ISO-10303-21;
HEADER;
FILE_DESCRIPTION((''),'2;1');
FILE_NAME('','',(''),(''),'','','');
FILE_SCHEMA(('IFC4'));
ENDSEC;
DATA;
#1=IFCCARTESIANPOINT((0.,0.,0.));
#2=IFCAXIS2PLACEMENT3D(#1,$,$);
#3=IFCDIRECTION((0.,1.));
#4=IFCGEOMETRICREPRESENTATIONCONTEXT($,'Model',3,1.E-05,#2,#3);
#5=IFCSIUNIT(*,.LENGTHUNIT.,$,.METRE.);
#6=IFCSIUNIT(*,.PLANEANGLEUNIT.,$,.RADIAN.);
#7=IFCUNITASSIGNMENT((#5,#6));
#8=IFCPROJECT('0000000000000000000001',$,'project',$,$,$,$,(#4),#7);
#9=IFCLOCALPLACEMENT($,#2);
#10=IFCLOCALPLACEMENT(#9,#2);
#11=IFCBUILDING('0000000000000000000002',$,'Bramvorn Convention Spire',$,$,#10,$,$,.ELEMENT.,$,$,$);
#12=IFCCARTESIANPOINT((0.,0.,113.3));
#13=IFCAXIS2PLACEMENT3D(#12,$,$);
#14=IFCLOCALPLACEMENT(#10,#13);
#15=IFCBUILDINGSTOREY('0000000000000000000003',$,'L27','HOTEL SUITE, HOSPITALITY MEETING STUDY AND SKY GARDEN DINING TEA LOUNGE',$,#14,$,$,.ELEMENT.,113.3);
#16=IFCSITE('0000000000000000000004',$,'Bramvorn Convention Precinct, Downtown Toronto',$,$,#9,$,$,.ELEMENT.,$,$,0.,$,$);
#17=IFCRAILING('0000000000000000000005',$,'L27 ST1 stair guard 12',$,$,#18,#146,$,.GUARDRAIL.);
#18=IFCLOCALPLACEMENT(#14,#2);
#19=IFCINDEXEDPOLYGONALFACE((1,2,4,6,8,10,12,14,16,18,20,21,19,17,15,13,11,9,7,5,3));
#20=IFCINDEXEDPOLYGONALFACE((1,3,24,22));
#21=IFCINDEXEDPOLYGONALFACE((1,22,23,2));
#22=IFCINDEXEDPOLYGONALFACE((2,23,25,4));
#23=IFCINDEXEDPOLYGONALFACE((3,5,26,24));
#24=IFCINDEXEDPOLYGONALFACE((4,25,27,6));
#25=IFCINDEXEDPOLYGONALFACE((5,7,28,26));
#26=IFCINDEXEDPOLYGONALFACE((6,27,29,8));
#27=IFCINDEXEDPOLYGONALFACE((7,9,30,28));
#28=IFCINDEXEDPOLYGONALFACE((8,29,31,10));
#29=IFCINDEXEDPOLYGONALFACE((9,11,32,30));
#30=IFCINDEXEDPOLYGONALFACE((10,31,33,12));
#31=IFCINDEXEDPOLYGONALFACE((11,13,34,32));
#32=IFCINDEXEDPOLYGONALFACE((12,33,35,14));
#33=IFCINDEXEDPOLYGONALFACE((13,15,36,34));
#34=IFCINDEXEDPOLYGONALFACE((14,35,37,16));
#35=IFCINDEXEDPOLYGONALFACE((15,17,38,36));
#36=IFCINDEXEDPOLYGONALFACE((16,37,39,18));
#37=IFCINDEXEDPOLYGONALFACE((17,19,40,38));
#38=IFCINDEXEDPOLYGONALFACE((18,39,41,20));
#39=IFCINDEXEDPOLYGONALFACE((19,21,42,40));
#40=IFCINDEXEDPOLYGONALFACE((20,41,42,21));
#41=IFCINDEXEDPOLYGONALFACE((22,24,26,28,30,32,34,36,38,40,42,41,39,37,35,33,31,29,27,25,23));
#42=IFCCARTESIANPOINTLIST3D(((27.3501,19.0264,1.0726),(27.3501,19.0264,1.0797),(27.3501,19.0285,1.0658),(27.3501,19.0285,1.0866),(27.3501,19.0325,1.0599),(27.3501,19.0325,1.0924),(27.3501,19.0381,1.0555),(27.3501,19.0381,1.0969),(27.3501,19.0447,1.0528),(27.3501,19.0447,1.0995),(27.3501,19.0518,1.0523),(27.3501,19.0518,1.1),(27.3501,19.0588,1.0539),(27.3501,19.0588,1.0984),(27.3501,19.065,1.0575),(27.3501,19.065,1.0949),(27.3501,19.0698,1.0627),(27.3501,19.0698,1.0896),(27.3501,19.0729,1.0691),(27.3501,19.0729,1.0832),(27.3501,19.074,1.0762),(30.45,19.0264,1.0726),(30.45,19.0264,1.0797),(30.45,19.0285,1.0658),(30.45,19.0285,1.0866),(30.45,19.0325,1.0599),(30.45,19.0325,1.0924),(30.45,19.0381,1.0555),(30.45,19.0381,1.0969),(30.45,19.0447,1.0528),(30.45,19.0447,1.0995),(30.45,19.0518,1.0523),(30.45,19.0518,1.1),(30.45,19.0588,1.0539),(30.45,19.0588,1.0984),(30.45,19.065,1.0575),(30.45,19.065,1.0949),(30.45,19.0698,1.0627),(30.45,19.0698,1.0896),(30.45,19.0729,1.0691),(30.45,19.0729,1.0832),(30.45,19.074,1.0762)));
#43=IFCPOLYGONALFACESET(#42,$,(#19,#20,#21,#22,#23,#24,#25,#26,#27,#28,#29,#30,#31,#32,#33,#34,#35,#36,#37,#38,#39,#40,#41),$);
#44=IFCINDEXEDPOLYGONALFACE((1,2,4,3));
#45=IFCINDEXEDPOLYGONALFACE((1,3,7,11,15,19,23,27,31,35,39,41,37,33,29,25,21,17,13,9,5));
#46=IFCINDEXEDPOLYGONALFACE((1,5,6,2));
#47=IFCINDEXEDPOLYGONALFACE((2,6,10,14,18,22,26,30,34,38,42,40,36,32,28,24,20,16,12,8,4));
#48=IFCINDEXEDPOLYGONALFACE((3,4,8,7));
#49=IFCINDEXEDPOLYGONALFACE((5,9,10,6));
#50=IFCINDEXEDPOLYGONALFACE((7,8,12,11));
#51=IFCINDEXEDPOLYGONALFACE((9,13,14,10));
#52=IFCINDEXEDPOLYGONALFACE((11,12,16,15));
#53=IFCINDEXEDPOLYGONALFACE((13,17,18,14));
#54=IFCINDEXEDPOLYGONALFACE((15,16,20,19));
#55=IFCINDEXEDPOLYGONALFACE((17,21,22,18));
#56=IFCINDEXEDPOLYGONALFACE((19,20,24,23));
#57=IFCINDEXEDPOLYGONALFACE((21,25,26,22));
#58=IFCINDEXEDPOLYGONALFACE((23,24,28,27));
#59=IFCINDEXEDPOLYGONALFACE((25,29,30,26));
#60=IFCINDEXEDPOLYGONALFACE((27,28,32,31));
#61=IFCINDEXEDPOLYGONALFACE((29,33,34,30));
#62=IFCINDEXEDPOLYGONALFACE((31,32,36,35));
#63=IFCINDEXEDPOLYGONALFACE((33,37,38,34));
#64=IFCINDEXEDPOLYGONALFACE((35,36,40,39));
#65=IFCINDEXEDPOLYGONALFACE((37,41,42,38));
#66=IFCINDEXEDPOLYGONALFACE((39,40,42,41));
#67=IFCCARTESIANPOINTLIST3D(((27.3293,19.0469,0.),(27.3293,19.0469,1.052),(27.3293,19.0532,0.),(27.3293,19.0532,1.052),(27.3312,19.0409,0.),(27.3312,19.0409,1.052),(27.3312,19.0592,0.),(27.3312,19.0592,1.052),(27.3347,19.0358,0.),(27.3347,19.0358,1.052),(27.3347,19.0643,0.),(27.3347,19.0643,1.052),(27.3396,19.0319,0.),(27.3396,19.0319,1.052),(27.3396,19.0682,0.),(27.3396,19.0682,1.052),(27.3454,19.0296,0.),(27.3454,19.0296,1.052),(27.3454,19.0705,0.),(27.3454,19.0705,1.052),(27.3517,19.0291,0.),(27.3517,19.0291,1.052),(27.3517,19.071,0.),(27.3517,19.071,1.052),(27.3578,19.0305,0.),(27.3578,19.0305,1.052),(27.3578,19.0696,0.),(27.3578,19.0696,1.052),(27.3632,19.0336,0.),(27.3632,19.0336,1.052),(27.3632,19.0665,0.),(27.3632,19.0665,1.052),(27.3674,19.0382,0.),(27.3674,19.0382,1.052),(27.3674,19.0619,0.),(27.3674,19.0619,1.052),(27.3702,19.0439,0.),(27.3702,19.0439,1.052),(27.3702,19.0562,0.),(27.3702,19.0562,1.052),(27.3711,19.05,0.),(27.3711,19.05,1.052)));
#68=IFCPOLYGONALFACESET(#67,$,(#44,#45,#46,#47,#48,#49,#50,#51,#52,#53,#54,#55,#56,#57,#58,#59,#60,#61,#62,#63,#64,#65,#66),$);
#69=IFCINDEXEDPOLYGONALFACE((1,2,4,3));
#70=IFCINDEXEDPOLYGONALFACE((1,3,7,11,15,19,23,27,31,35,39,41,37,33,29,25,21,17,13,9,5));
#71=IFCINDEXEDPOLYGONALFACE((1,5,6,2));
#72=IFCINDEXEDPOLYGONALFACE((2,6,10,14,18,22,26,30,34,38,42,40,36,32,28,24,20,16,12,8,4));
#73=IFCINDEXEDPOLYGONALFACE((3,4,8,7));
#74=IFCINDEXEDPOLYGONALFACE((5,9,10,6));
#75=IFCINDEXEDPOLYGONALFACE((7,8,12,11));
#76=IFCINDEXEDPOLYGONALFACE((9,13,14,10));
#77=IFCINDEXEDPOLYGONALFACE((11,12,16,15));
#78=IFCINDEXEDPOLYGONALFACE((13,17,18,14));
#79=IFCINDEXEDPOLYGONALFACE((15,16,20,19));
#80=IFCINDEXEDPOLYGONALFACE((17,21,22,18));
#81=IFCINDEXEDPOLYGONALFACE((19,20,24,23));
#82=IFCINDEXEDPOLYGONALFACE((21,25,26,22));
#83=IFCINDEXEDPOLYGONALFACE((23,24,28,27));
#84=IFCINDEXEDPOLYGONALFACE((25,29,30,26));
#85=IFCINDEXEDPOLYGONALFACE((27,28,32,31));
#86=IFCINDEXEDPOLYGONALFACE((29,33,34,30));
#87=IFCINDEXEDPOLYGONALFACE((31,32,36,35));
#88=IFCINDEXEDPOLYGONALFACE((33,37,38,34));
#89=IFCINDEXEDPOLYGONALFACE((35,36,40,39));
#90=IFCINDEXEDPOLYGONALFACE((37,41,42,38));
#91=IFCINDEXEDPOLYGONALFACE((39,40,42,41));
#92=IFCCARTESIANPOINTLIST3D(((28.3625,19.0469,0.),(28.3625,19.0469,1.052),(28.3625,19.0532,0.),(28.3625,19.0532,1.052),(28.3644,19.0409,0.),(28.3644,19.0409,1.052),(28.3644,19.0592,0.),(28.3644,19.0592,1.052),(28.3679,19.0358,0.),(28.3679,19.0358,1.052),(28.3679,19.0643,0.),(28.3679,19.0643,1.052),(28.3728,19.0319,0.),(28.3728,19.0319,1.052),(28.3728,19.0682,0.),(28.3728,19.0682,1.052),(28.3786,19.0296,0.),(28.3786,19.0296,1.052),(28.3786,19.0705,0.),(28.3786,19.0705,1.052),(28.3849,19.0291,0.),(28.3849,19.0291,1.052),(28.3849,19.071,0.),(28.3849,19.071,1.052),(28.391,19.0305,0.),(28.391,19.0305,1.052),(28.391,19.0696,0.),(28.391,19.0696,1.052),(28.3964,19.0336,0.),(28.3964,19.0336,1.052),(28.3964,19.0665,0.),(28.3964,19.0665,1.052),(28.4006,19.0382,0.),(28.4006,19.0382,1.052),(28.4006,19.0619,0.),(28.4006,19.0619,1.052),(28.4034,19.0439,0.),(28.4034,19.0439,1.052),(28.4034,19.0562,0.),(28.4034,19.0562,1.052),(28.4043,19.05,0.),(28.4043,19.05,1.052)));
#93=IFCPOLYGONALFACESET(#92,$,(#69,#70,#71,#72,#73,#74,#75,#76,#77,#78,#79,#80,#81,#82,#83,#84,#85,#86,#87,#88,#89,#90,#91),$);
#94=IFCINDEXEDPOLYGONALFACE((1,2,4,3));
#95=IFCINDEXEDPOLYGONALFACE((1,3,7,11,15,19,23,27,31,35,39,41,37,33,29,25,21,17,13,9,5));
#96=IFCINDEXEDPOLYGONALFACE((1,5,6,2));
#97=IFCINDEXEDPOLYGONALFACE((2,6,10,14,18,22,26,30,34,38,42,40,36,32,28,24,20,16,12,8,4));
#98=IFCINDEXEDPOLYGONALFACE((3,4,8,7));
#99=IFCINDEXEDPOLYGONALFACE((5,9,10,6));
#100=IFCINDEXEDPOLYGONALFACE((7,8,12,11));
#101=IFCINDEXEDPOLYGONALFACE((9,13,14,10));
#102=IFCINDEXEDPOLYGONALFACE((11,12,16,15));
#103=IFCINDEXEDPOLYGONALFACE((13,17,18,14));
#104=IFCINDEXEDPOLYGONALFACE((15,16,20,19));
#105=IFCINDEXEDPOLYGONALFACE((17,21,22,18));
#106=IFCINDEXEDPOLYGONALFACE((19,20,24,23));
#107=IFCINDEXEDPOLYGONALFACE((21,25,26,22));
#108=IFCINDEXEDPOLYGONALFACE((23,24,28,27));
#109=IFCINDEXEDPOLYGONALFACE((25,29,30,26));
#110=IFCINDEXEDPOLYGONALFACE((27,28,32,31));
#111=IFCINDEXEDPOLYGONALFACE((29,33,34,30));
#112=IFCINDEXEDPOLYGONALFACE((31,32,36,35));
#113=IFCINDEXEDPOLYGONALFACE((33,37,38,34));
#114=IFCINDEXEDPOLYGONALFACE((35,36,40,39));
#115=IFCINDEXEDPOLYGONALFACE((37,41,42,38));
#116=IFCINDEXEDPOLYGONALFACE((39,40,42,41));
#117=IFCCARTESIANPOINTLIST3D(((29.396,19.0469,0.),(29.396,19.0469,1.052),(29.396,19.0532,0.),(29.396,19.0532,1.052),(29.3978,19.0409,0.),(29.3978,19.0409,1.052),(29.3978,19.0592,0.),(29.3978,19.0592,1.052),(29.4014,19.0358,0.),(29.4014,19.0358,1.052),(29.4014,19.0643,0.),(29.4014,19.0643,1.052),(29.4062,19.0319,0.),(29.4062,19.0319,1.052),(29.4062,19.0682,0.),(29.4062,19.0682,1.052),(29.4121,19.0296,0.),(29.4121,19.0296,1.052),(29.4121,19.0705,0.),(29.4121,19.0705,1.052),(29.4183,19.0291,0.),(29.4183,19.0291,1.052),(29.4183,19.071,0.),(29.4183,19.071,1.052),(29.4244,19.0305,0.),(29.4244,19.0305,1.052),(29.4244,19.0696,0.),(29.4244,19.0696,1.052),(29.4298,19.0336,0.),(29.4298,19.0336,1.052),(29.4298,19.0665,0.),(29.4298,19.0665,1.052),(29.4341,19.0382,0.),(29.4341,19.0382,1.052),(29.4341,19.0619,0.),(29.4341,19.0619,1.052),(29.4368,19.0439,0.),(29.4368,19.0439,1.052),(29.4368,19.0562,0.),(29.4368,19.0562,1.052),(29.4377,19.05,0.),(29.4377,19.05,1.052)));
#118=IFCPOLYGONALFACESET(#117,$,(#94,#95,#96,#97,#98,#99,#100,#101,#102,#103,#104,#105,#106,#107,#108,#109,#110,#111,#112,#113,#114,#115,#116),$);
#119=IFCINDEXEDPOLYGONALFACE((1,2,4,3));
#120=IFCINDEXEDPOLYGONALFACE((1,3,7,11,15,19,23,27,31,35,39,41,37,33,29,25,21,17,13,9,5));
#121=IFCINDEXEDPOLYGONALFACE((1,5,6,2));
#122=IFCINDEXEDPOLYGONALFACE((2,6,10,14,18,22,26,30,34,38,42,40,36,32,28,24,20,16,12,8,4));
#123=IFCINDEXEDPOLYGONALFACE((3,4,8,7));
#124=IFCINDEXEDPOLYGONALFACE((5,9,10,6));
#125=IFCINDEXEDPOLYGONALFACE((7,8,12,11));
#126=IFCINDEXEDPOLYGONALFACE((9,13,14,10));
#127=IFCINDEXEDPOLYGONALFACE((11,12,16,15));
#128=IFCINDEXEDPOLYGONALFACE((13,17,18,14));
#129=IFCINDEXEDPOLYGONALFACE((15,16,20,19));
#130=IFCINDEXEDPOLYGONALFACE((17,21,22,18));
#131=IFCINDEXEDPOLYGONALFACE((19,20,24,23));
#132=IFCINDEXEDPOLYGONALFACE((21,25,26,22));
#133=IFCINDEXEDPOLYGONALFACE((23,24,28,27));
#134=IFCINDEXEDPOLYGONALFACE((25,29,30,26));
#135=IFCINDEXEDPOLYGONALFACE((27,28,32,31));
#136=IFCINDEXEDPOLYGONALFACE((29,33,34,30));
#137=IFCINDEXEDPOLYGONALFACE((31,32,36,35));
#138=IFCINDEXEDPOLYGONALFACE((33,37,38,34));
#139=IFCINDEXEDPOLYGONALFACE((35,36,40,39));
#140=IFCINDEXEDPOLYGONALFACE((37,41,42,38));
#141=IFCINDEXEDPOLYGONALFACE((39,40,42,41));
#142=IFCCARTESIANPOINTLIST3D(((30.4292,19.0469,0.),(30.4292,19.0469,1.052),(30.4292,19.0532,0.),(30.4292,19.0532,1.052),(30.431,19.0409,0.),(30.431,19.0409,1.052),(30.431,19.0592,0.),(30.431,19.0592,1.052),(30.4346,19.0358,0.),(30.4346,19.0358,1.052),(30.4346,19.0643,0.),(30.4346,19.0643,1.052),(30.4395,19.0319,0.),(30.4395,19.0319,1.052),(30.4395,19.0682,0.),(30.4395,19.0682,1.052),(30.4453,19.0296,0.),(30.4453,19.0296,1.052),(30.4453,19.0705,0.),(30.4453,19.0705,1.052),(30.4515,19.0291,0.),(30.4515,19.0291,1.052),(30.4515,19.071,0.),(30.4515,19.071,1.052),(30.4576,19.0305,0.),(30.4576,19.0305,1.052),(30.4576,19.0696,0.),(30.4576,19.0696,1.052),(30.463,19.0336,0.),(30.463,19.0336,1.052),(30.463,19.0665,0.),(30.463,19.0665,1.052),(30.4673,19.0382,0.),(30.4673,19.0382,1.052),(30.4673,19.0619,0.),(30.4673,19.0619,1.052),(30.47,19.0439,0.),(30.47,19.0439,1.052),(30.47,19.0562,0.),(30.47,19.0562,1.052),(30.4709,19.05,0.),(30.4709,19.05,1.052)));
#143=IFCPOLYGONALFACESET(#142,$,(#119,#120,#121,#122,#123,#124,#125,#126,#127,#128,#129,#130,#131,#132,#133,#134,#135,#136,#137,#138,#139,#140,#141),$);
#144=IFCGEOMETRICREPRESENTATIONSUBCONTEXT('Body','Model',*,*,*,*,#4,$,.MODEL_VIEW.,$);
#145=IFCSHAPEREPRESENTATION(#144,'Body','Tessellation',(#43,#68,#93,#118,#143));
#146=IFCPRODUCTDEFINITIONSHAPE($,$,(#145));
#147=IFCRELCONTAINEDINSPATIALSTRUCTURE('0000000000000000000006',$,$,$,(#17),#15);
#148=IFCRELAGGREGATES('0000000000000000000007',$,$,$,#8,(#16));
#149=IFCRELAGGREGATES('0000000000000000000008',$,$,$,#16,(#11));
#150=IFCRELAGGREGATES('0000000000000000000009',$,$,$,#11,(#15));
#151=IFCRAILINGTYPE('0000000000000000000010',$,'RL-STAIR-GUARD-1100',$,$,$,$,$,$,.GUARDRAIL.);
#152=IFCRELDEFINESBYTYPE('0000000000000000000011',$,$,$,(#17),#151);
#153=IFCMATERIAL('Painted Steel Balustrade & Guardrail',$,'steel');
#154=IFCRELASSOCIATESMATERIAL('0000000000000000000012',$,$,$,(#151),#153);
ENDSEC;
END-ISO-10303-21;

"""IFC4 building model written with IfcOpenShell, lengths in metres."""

from ifc_helpers import new_model, si_unit, direction, frame, origin, origin_2d, place, context, subcontext, project, spatial, circle, extrude, material, type_object, element, save


model = new_model("IFC4")

# Units and contexts
model_context = context("Model", 3, precision=1e-05, world=origin(), true_north=direction((0.0, 1.0)))
body_context = subcontext(model_context, "Body", "Model", "MODEL_VIEW")
ifc_project = project(units=[si_unit("LENGTHUNIT", "METRE"), si_unit("PLANEANGLEUNIT", "RADIAN")], contexts=[model_context])

# Site, building, storey
site_placement = place(None, origin())
site = spatial("IfcSite", under=ifc_project, at=site_placement, Name="Bramvorn Convention Precinct, Downtown Toronto", CompositionType="ELEMENT", RefElevation=0.0)
building_placement = place(site_placement, origin())
building = spatial("IfcBuilding", under=site, at=building_placement, Name="Bramvorn Convention Spire", CompositionType="ELEMENT")
storey_placement = place(building_placement, frame((0.0, 0.0, 113.3)))
storey = spatial("IfcBuildingStorey", under=building, at=storey_placement, Name="L27", Description="HOTEL SUITE, HOSPITALITY MEETING STUDY AND SKY GARDEN DINING TEA LOUNGE", CompositionType="ELEMENT", Elevation=113.3)

# Railing
ifc_material_1 = material(Name="Painted Steel Balustrade & Guardrail", Category="steel")
railing_type = type_object("IfcRailingType", Name="RL-STAIR-GUARD-1100", PredefinedType="GUARDRAIL", material=ifc_material_1)
railing_1_placement = place(storey_placement, frame((27.3501, 19.05, 0.0)))
element("IfcRailing", 1, at=railing_1_placement, inside=storey, type_object=railing_type, Name="L27 ST1 stair guard 12", PredefinedType="GUARDRAIL", context=body_context, shape_type="SweptSolid", body=[
    extrude(circle(Radius=0.0239, at=origin_2d()), frame((0.0, 0.0, 1.0762), z_axis=(1.0, 0.0, 0.0), x_axis=(0.0, 1.0, 0.0)), (0.0, 0.0, 1.0), 3.0999),
    extrude(circle(Radius=0.021, at=origin_2d()), origin(), (0.0, 0.0, 1.0), 1.052),
    extrude(circle(Radius=0.021, at=origin_2d()), frame((1.0332, 0.0, 0.0)), (0.0, 0.0, 1.0), 1.052),
    extrude(circle(Radius=0.021, at=origin_2d()), frame((2.0667, 0.0, 0.0)), (0.0, 0.0, 1.0), 1.052),
    extrude(circle(Radius=0.021, at=origin_2d()), frame((3.0999, 0.0, 0.0)), (0.0, 0.0, 1.0), 1.052),
])

save(model, "model.ifc")
